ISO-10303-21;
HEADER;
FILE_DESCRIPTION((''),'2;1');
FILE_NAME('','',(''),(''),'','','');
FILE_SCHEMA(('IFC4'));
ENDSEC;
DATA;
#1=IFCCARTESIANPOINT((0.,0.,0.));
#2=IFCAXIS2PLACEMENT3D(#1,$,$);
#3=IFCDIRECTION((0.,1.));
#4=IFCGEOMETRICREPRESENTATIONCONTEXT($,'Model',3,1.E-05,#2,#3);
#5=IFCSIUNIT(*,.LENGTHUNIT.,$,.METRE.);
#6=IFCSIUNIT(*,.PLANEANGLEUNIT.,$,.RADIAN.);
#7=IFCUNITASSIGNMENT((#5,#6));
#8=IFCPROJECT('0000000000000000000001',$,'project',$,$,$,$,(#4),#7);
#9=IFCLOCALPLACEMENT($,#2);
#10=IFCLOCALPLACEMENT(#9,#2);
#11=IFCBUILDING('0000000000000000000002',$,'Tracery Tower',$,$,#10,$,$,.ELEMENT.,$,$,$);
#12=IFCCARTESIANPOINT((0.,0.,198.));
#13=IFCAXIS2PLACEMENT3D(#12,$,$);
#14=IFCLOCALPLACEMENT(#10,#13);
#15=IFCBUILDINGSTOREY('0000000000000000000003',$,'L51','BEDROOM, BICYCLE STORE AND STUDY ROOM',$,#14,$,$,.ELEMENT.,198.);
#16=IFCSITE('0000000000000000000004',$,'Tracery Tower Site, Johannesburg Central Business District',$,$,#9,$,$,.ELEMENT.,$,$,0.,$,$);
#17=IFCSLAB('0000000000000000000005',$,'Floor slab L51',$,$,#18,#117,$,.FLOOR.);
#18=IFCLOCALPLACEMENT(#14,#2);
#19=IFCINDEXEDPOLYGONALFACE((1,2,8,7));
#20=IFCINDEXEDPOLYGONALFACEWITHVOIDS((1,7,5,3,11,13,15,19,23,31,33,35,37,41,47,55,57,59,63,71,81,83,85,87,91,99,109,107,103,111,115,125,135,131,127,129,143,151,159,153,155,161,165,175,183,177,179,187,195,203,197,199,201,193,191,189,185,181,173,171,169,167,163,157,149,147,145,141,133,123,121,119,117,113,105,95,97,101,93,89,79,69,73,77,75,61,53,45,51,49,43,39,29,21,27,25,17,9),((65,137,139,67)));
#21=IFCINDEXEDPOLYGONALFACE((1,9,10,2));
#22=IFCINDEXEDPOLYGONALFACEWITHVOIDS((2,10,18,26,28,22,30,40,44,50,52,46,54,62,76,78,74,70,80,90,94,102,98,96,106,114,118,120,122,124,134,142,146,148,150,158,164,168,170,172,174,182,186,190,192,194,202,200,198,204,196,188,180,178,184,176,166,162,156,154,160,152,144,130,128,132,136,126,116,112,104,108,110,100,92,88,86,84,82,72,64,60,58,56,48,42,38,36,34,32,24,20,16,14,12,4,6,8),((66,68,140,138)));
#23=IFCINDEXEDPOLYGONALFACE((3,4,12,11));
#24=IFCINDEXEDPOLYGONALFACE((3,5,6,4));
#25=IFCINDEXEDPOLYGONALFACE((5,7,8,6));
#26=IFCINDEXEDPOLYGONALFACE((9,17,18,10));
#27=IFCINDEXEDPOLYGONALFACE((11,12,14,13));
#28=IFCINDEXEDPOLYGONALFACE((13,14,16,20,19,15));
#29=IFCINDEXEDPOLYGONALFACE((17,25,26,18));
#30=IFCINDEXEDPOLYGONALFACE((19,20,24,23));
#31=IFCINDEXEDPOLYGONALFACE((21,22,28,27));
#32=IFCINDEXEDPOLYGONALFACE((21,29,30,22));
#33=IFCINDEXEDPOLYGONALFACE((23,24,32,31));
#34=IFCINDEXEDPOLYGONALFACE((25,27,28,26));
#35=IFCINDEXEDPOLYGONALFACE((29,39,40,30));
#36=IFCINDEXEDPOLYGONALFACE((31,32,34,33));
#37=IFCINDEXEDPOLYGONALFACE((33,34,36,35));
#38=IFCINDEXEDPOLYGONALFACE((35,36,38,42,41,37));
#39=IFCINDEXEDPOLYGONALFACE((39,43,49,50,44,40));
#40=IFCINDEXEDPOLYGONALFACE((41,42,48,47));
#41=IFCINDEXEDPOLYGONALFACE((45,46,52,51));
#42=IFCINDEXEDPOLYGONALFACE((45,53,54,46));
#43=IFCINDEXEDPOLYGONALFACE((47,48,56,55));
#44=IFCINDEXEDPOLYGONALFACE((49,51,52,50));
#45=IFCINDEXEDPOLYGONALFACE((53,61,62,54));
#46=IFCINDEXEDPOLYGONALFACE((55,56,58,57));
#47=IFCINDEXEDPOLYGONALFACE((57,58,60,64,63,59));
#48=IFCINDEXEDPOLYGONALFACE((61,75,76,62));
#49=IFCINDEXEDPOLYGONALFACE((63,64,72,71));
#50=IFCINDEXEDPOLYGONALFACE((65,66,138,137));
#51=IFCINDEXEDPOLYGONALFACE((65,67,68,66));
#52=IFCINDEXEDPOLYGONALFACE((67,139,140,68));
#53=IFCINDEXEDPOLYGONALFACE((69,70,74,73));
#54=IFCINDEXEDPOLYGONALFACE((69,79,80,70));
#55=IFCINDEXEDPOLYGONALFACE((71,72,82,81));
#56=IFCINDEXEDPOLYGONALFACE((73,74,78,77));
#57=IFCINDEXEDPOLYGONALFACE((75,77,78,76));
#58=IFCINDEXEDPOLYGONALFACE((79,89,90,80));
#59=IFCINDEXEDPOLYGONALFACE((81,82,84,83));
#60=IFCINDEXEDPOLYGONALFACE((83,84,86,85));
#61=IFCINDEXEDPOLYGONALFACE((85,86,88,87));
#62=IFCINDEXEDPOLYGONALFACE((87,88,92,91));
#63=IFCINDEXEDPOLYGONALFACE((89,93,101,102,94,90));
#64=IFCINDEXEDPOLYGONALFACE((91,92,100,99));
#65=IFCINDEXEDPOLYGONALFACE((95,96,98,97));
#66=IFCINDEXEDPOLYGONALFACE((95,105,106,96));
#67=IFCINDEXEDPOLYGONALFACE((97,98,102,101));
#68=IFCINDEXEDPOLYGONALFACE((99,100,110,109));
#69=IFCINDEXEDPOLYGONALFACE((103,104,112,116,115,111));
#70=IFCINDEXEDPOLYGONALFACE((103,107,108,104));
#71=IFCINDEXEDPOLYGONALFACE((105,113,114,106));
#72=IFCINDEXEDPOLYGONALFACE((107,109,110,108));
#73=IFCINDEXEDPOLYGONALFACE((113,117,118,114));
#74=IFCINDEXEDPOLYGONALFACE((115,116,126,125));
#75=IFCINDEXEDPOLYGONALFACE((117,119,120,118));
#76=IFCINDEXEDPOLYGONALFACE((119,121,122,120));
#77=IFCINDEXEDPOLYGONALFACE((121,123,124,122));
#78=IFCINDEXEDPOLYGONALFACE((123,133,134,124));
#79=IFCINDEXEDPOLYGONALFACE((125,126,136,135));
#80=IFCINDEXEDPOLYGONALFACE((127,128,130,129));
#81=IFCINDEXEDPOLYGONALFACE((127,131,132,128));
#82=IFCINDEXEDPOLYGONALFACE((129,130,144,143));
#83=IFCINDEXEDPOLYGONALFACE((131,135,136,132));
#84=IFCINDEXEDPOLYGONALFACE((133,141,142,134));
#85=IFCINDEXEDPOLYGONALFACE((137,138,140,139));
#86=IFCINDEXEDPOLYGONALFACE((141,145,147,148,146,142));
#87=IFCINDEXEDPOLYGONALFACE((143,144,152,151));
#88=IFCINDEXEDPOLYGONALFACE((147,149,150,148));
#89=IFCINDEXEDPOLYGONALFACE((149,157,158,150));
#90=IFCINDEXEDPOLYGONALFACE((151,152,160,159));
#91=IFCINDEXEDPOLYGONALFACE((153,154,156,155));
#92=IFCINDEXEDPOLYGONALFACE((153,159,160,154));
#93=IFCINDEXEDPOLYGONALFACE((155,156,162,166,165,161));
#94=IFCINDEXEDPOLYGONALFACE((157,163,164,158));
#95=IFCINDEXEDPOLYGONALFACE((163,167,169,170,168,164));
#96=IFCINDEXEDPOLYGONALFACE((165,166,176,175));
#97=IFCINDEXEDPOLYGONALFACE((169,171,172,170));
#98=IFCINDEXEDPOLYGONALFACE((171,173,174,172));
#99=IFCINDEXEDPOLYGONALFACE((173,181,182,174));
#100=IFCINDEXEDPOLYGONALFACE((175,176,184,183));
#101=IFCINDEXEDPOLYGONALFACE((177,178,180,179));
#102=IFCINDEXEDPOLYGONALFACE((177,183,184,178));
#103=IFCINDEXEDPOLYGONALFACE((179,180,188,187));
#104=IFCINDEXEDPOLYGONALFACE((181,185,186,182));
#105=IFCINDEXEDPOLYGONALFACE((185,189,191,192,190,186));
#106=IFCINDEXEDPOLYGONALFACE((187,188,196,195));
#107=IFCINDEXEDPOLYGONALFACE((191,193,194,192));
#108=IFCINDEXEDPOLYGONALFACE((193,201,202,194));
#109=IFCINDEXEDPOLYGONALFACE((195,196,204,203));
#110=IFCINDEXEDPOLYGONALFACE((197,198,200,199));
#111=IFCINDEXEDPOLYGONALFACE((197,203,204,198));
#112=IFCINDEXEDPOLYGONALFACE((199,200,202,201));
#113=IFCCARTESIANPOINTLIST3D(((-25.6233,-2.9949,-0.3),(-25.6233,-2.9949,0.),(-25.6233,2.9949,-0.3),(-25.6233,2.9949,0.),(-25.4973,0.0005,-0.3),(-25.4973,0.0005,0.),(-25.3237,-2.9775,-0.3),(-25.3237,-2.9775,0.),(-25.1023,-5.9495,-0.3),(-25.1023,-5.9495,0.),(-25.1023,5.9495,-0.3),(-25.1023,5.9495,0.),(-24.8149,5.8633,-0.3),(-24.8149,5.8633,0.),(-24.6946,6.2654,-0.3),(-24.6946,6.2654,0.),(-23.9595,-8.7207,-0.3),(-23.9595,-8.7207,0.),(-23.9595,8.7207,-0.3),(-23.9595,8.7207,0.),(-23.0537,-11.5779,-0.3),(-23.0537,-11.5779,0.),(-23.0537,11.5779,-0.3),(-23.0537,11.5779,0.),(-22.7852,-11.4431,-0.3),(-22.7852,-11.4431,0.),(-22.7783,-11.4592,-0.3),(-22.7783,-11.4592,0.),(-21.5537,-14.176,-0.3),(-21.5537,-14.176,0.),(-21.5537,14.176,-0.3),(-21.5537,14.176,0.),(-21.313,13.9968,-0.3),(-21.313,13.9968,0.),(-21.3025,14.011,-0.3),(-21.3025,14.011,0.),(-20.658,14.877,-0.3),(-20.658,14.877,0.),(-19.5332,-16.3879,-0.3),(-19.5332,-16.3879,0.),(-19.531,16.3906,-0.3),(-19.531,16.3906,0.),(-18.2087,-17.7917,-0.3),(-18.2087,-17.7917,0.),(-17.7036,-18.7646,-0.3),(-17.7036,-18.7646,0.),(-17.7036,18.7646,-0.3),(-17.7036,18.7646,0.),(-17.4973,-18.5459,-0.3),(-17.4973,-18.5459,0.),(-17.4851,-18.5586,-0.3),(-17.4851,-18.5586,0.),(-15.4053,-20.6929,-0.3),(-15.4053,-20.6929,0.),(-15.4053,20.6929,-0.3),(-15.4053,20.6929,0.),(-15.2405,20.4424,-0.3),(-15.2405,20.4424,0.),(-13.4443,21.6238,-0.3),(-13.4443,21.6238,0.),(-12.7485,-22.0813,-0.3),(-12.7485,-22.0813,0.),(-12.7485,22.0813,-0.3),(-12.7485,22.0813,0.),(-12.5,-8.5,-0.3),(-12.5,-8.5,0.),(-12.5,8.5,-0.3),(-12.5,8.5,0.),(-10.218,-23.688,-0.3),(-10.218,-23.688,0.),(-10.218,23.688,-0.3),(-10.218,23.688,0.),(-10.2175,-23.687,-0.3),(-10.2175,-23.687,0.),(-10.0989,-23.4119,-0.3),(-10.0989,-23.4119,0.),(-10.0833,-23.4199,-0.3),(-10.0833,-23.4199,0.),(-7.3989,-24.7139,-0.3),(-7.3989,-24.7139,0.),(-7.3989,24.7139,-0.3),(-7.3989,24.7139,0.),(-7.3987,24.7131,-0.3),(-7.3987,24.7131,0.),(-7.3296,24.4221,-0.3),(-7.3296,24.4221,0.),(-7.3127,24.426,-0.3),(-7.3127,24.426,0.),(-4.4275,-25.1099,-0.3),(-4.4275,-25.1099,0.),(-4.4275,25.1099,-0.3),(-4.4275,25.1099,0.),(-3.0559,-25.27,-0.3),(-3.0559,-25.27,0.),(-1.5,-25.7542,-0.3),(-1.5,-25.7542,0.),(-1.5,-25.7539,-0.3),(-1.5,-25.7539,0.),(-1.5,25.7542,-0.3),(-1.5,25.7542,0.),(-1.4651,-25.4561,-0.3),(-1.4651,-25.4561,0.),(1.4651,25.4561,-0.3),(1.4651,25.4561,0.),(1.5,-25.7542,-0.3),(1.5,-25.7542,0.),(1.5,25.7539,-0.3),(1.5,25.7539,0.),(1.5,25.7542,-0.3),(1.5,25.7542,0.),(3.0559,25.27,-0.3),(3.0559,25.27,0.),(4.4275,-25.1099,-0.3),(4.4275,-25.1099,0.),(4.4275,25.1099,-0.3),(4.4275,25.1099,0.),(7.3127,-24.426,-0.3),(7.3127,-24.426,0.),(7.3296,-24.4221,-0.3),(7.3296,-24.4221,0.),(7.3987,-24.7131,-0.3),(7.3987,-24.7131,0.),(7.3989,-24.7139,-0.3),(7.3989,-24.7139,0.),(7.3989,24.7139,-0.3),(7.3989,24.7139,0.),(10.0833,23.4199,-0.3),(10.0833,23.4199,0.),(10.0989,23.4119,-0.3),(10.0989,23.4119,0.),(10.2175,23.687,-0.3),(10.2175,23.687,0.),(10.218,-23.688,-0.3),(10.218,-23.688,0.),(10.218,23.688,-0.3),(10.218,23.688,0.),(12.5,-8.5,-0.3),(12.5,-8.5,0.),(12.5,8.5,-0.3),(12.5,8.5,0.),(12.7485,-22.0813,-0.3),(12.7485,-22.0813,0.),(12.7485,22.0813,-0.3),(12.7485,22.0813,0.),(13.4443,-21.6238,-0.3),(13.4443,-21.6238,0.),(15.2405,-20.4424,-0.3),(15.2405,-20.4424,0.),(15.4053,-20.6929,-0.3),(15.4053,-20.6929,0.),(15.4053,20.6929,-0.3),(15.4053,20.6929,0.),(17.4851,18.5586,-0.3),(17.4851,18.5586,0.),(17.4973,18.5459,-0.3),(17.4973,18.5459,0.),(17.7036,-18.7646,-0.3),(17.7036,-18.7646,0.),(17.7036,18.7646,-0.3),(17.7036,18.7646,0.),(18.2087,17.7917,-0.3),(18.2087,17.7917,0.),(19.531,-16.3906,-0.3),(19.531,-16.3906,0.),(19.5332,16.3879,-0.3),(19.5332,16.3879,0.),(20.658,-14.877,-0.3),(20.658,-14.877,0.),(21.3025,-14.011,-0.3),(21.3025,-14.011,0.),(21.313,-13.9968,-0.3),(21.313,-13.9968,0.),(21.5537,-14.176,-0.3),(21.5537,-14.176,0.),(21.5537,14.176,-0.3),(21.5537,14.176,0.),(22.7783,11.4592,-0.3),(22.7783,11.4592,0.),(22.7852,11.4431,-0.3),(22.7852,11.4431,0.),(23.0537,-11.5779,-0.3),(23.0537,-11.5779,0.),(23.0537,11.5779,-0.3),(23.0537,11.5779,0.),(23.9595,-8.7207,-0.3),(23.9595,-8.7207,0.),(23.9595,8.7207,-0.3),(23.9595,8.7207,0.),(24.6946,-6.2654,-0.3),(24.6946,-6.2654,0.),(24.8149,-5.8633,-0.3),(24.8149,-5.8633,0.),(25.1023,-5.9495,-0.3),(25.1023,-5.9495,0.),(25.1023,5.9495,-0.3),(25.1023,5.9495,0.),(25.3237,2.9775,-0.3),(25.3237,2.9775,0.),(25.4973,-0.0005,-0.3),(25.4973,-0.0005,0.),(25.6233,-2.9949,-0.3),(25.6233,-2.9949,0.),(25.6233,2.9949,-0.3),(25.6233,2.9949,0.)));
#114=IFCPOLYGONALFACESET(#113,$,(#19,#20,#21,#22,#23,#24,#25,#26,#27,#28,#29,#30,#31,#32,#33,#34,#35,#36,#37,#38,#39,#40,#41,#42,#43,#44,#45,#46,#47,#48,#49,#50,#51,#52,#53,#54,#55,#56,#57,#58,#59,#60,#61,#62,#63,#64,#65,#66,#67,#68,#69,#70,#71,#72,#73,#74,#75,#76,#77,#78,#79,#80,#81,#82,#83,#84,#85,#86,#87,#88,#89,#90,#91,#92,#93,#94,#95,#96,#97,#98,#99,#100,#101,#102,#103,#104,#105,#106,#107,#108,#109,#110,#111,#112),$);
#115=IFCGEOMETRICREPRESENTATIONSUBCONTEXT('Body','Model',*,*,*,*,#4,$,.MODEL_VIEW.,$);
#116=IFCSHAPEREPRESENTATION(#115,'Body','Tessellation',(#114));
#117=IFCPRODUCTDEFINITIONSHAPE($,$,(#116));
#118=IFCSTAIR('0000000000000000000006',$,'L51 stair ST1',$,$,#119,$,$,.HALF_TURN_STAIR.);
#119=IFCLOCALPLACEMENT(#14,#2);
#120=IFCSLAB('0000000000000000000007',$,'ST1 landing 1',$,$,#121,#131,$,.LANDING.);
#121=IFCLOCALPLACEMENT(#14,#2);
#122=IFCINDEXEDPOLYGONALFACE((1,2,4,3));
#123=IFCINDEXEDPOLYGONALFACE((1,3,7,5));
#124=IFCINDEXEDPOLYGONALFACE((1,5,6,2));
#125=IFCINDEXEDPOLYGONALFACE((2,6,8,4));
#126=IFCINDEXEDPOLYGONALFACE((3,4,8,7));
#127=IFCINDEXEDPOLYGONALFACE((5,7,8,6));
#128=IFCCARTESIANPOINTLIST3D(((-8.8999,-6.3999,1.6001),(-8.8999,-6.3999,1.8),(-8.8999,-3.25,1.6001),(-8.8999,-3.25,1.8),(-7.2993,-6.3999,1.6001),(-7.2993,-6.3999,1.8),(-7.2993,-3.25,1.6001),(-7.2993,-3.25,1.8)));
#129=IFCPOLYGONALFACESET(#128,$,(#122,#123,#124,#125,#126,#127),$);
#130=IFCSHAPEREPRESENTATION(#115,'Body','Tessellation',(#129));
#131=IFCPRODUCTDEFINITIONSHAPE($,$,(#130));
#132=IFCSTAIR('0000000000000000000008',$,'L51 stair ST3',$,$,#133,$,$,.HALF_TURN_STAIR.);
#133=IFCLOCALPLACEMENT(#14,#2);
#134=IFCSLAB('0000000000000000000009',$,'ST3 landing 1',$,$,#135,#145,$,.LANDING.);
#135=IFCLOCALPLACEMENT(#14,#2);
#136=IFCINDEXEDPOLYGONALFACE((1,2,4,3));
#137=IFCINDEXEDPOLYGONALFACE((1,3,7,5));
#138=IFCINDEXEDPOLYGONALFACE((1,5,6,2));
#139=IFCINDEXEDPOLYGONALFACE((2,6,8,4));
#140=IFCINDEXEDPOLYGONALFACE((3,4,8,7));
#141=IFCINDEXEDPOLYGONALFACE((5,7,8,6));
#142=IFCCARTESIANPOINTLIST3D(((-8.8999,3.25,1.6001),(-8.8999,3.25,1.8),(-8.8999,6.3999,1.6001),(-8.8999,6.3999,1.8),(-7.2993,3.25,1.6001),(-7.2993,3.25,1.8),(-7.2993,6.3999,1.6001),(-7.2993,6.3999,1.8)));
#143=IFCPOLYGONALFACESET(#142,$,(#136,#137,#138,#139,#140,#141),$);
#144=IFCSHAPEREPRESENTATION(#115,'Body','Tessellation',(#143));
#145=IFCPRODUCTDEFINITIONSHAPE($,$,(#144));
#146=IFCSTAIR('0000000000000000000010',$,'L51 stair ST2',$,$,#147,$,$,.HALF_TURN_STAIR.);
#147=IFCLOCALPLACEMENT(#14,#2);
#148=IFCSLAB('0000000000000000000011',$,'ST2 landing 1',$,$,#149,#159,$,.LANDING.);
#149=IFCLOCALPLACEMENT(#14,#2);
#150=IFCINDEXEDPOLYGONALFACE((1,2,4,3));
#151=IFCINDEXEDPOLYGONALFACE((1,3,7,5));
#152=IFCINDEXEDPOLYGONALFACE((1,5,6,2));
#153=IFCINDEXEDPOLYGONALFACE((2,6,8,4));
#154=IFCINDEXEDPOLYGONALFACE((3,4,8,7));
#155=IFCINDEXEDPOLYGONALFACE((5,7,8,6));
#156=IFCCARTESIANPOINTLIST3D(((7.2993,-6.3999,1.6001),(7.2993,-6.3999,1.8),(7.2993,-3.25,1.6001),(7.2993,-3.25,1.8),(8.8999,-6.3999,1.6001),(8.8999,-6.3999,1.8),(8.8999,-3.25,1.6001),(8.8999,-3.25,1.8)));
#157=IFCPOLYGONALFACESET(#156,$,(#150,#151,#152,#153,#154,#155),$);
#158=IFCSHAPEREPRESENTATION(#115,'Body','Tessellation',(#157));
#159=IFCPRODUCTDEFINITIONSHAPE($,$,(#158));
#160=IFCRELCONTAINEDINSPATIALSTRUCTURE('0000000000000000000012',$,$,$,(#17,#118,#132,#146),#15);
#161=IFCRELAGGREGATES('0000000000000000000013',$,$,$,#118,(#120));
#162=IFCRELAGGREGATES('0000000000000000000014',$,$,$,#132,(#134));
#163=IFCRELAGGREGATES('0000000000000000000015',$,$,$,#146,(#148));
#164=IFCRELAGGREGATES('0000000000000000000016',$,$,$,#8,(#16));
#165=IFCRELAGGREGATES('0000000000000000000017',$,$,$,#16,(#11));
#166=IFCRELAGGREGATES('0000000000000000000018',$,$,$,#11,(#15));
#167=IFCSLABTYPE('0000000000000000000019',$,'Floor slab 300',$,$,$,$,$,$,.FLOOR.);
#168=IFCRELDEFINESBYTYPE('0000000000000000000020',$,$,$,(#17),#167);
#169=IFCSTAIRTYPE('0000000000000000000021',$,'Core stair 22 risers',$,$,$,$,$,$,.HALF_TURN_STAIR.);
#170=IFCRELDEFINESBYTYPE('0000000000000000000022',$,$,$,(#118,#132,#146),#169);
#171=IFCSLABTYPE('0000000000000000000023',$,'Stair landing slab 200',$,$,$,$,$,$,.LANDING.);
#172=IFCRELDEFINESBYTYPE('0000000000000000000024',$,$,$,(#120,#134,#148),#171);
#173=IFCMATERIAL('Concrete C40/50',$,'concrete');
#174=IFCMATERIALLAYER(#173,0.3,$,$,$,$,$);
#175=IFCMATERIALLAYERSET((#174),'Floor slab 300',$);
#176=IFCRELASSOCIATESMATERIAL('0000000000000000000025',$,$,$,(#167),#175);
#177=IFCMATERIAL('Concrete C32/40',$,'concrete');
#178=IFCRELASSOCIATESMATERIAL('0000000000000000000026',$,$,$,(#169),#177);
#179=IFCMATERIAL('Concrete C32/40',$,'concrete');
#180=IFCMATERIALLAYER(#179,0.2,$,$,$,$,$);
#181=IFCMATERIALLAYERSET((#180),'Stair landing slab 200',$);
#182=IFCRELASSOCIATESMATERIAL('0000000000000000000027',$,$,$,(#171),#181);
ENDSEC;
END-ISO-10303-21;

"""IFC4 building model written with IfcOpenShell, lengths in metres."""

from ifc_helpers import new_model, si_unit, direction, frame, origin, place, context, subcontext, project, spatial, polyline, outline, extrude, material, layer, layer_set, type_object, element, aggregate, save


model = new_model("IFC4")

# Units and contexts
model_context = context("Model", 3, precision=1e-05, world=origin(), true_north=direction((0.0, 1.0)))
body_context = subcontext(model_context, "Body", "Model", "MODEL_VIEW")
ifc_project = project(units=[si_unit("LENGTHUNIT", "METRE"), si_unit("PLANEANGLEUNIT", "RADIAN")], contexts=[model_context])

# Site, building, storey
site_placement = place(None, origin())
site = spatial("IfcSite", under=ifc_project, at=site_placement, Name="Tracery Tower Site, Johannesburg Central Business District", CompositionType="ELEMENT", RefElevation=0.0)
building_placement = place(site_placement, origin())
building = spatial("IfcBuilding", under=site, at=building_placement, Name="Tracery Tower", CompositionType="ELEMENT")
storey_placement = place(building_placement, frame((0.0, 0.0, 198.0)))
storey = spatial("IfcBuildingStorey", under=building, at=storey_placement, Name="L51", Description="BEDROOM, BICYCLE STORE AND STUDY ROOM", CompositionType="ELEMENT", Elevation=198.0)

# Slab
ifc_material_1 = material(Name="Concrete C40/50", Category="concrete")
ifc_layer_1 = layer(ifc_material_1, 0.3)
ifc_layer_set_1 = layer_set([ifc_layer_1], Name="Floor slab 300")
slab_type_1 = type_object("IfcSlabType", Name="Floor slab 300", PredefinedType="FLOOR", material=ifc_layer_set_1)
slab_1_placement = place(storey_placement, frame((0.0, 0.0, -0.3)))
element("IfcSlab", 1, at=slab_1_placement, inside=storey, type_object=slab_type_1, Name="Floor slab L51", PredefinedType="FLOOR", context=body_context, shape_type="SweptSolid", body=[
    extrude(outline(polyline([(22.7852, 11.4431), (22.7783, 11.4592), (23.0537, 11.5779), (21.5537, 14.176), (19.5332, 16.3879), (18.2087, 17.7917), (17.4973, 18.5459), (17.4973, 18.5459), (17.4851, 18.5586), (17.7036, 18.7646), (15.4053, 20.6929), (12.7485, 22.0813), (10.0989, 23.4119), (10.0989, 23.4119), (10.0833, 23.4199), (10.2175, 23.687), (10.218, 23.688), (7.3989, 24.7139), (4.4275, 25.1099), (3.0559, 25.27), (1.4651, 25.4561), (1.5, 25.7539), (1.5, 25.7542), (-1.5, 25.7542), (-4.4275, 25.1099), (-7.3127, 24.426), (-7.3127, 24.426), (-7.3296, 24.4221), (-7.3987, 24.7131), (-7.3989, 24.7139), (-10.218, 23.688), (-12.7485, 22.0813), (-13.4443, 21.6238), (-15.2405, 20.4424), (-15.4053, 20.6929), (-15.4053, 20.6929), (-17.7036, 18.7646), (-19.531, 16.3906), (-20.658, 14.877), (-21.3025, 14.011), (-21.3025, 14.011), (-21.313, 13.9968), (-21.5537, 14.176), (-23.0537, 11.5779), (-23.9595, 8.7207), (-24.6946, 6.2654), (-24.8149, 5.8633), (-25.1023, 5.9495), (-25.6233, 2.9949), (-25.4973, 0.0005), (-25.3237, -2.9775), (-25.6233, -2.9949), (-25.1023, -5.9495), (-23.9595, -8.7207), (-22.7852, -11.4431), (-22.7852, -11.4431), (-22.7783, -11.4592), (-23.0537, -11.5779), (-21.5537, -14.176), (-19.5332, -16.3879), (-18.2087, -17.7917), (-17.4973, -18.5459), (-17.4973, -18.5459), (-17.4851, -18.5586), (-17.7036, -18.7646), (-15.4053, -20.6929), (-12.7485, -22.0813), (-10.0989, -23.4119), (-10.0989, -23.4119), (-10.0833, -23.4199), (-10.2175, -23.687), (-10.218, -23.688), (-7.3989, -24.7139), (-4.4275, -25.1099), (-3.0559, -25.27), (-1.4651, -25.4561), (-1.5, -25.7539), (-1.5, -25.7542), (1.5, -25.7542), (4.4275, -25.1099), (7.3127, -24.426), (7.3127, -24.426), (7.3296, -24.4221), (7.3987, -24.7131), (7.3989, -24.7139), (10.218, -23.688), (12.7485, -22.0813), (13.4443, -21.6238), (15.2405, -20.4424), (15.4053, -20.6929), (15.4053, -20.6929), (17.7036, -18.7646), (19.531, -16.3906), (20.658, -14.877), (21.3025, -14.011), (21.3025, -14.011), (21.313, -13.9968), (21.5537, -14.176), (23.0537, -11.5779), (23.9595, -8.7207), (24.6946, -6.2654), (24.8149, -5.8633), (25.1023, -5.9495), (25.6233, -2.9949), (25.4973, -0.0005), (25.3237, 2.9775), (25.6233, 2.9949), (25.1023, 5.9495), (23.9595, 8.7207), (22.7852, 11.4431), (22.7852, 11.4431)]), holes=[polyline([(-12.5, -8.5), (12.5, -8.5), (12.5, 8.5), (-12.5, 8.5), (-12.5, -8.5)])]), origin(), (0.0, 0.0, 1.0), 0.3),
])

# Stairs, slabs
ifc_material_2 = material(Name="Concrete C32/40", Category="concrete")
stair_type = type_object("IfcStairType", Name="Core stair 22 risers", PredefinedType="HALF_TURN_STAIR", material=ifc_material_2)
stair_1_placement = place(storey_placement, origin())
stair_1 = element("IfcStair", 2, at=stair_1_placement, inside=storey, type_object=stair_type, Name="L51 stair ST1", PredefinedType="HALF_TURN_STAIR")
ifc_material_3 = material(Name="Concrete C32/40", Category="concrete")
ifc_layer_2 = layer(ifc_material_3, 0.2)
ifc_layer_set_2 = layer_set([ifc_layer_2], Name="Stair landing slab 200")
slab_type_2 = type_object("IfcSlabType", Name="Stair landing slab 200", PredefinedType="LANDING", material=ifc_layer_set_2)
slab_2_placement = place(storey_placement, frame((0.0, 0.0, 1.6001)))
slab_2 = element("IfcSlab", 3, at=slab_2_placement, type_object=slab_type_2, Name="ST1 landing 1", PredefinedType="LANDING", context=body_context, shape_type="SweptSolid", body=[
    extrude(outline(polyline([(-7.2993, -3.25), (-8.8999, -3.25), (-8.8999, -6.3999), (-7.2993, -6.3999), (-7.2993, -3.25)])), origin(), (0.0, 0.0, 1.0), 0.2),
])
aggregate(stair_1, [slab_2])
stair_2_placement = place(storey_placement, origin())
stair_2 = element("IfcStair", 4, at=stair_2_placement, inside=storey, type_object=stair_type, Name="L51 stair ST3", PredefinedType="HALF_TURN_STAIR")
slab_3_placement = place(storey_placement, frame((0.0, 0.0, 1.6001)))
slab_3 = element("IfcSlab", 5, at=slab_3_placement, type_object=slab_type_2, Name="ST3 landing 1", PredefinedType="LANDING", context=body_context, shape_type="SweptSolid", body=[
    extrude(outline(polyline([(-7.2993, 6.3999), (-8.8999, 6.3999), (-8.8999, 3.25), (-7.2993, 3.25), (-7.2993, 6.3999)])), origin(), (0.0, 0.0, 1.0), 0.2),
])
aggregate(stair_2, [slab_3])
stair_3_placement = place(storey_placement, origin())
stair_3 = element("IfcStair", 6, at=stair_3_placement, inside=storey, type_object=stair_type, Name="L51 stair ST2", PredefinedType="HALF_TURN_STAIR")
slab_4_placement = place(storey_placement, frame((0.0, 0.0, 1.6001)))
slab_4 = element("IfcSlab", 7, at=slab_4_placement, type_object=slab_type_2, Name="ST2 landing 1", PredefinedType="LANDING", context=body_context, shape_type="SweptSolid", body=[
    extrude(outline(polyline([(7.2993, -6.3999), (8.8999, -6.3999), (8.8999, -3.25), (7.2993, -3.25), (7.2993, -6.3999)])), origin(), (0.0, 0.0, 1.0), 0.2),
])
aggregate(stair_3, [slab_4])

save(model, "model.ifc")
